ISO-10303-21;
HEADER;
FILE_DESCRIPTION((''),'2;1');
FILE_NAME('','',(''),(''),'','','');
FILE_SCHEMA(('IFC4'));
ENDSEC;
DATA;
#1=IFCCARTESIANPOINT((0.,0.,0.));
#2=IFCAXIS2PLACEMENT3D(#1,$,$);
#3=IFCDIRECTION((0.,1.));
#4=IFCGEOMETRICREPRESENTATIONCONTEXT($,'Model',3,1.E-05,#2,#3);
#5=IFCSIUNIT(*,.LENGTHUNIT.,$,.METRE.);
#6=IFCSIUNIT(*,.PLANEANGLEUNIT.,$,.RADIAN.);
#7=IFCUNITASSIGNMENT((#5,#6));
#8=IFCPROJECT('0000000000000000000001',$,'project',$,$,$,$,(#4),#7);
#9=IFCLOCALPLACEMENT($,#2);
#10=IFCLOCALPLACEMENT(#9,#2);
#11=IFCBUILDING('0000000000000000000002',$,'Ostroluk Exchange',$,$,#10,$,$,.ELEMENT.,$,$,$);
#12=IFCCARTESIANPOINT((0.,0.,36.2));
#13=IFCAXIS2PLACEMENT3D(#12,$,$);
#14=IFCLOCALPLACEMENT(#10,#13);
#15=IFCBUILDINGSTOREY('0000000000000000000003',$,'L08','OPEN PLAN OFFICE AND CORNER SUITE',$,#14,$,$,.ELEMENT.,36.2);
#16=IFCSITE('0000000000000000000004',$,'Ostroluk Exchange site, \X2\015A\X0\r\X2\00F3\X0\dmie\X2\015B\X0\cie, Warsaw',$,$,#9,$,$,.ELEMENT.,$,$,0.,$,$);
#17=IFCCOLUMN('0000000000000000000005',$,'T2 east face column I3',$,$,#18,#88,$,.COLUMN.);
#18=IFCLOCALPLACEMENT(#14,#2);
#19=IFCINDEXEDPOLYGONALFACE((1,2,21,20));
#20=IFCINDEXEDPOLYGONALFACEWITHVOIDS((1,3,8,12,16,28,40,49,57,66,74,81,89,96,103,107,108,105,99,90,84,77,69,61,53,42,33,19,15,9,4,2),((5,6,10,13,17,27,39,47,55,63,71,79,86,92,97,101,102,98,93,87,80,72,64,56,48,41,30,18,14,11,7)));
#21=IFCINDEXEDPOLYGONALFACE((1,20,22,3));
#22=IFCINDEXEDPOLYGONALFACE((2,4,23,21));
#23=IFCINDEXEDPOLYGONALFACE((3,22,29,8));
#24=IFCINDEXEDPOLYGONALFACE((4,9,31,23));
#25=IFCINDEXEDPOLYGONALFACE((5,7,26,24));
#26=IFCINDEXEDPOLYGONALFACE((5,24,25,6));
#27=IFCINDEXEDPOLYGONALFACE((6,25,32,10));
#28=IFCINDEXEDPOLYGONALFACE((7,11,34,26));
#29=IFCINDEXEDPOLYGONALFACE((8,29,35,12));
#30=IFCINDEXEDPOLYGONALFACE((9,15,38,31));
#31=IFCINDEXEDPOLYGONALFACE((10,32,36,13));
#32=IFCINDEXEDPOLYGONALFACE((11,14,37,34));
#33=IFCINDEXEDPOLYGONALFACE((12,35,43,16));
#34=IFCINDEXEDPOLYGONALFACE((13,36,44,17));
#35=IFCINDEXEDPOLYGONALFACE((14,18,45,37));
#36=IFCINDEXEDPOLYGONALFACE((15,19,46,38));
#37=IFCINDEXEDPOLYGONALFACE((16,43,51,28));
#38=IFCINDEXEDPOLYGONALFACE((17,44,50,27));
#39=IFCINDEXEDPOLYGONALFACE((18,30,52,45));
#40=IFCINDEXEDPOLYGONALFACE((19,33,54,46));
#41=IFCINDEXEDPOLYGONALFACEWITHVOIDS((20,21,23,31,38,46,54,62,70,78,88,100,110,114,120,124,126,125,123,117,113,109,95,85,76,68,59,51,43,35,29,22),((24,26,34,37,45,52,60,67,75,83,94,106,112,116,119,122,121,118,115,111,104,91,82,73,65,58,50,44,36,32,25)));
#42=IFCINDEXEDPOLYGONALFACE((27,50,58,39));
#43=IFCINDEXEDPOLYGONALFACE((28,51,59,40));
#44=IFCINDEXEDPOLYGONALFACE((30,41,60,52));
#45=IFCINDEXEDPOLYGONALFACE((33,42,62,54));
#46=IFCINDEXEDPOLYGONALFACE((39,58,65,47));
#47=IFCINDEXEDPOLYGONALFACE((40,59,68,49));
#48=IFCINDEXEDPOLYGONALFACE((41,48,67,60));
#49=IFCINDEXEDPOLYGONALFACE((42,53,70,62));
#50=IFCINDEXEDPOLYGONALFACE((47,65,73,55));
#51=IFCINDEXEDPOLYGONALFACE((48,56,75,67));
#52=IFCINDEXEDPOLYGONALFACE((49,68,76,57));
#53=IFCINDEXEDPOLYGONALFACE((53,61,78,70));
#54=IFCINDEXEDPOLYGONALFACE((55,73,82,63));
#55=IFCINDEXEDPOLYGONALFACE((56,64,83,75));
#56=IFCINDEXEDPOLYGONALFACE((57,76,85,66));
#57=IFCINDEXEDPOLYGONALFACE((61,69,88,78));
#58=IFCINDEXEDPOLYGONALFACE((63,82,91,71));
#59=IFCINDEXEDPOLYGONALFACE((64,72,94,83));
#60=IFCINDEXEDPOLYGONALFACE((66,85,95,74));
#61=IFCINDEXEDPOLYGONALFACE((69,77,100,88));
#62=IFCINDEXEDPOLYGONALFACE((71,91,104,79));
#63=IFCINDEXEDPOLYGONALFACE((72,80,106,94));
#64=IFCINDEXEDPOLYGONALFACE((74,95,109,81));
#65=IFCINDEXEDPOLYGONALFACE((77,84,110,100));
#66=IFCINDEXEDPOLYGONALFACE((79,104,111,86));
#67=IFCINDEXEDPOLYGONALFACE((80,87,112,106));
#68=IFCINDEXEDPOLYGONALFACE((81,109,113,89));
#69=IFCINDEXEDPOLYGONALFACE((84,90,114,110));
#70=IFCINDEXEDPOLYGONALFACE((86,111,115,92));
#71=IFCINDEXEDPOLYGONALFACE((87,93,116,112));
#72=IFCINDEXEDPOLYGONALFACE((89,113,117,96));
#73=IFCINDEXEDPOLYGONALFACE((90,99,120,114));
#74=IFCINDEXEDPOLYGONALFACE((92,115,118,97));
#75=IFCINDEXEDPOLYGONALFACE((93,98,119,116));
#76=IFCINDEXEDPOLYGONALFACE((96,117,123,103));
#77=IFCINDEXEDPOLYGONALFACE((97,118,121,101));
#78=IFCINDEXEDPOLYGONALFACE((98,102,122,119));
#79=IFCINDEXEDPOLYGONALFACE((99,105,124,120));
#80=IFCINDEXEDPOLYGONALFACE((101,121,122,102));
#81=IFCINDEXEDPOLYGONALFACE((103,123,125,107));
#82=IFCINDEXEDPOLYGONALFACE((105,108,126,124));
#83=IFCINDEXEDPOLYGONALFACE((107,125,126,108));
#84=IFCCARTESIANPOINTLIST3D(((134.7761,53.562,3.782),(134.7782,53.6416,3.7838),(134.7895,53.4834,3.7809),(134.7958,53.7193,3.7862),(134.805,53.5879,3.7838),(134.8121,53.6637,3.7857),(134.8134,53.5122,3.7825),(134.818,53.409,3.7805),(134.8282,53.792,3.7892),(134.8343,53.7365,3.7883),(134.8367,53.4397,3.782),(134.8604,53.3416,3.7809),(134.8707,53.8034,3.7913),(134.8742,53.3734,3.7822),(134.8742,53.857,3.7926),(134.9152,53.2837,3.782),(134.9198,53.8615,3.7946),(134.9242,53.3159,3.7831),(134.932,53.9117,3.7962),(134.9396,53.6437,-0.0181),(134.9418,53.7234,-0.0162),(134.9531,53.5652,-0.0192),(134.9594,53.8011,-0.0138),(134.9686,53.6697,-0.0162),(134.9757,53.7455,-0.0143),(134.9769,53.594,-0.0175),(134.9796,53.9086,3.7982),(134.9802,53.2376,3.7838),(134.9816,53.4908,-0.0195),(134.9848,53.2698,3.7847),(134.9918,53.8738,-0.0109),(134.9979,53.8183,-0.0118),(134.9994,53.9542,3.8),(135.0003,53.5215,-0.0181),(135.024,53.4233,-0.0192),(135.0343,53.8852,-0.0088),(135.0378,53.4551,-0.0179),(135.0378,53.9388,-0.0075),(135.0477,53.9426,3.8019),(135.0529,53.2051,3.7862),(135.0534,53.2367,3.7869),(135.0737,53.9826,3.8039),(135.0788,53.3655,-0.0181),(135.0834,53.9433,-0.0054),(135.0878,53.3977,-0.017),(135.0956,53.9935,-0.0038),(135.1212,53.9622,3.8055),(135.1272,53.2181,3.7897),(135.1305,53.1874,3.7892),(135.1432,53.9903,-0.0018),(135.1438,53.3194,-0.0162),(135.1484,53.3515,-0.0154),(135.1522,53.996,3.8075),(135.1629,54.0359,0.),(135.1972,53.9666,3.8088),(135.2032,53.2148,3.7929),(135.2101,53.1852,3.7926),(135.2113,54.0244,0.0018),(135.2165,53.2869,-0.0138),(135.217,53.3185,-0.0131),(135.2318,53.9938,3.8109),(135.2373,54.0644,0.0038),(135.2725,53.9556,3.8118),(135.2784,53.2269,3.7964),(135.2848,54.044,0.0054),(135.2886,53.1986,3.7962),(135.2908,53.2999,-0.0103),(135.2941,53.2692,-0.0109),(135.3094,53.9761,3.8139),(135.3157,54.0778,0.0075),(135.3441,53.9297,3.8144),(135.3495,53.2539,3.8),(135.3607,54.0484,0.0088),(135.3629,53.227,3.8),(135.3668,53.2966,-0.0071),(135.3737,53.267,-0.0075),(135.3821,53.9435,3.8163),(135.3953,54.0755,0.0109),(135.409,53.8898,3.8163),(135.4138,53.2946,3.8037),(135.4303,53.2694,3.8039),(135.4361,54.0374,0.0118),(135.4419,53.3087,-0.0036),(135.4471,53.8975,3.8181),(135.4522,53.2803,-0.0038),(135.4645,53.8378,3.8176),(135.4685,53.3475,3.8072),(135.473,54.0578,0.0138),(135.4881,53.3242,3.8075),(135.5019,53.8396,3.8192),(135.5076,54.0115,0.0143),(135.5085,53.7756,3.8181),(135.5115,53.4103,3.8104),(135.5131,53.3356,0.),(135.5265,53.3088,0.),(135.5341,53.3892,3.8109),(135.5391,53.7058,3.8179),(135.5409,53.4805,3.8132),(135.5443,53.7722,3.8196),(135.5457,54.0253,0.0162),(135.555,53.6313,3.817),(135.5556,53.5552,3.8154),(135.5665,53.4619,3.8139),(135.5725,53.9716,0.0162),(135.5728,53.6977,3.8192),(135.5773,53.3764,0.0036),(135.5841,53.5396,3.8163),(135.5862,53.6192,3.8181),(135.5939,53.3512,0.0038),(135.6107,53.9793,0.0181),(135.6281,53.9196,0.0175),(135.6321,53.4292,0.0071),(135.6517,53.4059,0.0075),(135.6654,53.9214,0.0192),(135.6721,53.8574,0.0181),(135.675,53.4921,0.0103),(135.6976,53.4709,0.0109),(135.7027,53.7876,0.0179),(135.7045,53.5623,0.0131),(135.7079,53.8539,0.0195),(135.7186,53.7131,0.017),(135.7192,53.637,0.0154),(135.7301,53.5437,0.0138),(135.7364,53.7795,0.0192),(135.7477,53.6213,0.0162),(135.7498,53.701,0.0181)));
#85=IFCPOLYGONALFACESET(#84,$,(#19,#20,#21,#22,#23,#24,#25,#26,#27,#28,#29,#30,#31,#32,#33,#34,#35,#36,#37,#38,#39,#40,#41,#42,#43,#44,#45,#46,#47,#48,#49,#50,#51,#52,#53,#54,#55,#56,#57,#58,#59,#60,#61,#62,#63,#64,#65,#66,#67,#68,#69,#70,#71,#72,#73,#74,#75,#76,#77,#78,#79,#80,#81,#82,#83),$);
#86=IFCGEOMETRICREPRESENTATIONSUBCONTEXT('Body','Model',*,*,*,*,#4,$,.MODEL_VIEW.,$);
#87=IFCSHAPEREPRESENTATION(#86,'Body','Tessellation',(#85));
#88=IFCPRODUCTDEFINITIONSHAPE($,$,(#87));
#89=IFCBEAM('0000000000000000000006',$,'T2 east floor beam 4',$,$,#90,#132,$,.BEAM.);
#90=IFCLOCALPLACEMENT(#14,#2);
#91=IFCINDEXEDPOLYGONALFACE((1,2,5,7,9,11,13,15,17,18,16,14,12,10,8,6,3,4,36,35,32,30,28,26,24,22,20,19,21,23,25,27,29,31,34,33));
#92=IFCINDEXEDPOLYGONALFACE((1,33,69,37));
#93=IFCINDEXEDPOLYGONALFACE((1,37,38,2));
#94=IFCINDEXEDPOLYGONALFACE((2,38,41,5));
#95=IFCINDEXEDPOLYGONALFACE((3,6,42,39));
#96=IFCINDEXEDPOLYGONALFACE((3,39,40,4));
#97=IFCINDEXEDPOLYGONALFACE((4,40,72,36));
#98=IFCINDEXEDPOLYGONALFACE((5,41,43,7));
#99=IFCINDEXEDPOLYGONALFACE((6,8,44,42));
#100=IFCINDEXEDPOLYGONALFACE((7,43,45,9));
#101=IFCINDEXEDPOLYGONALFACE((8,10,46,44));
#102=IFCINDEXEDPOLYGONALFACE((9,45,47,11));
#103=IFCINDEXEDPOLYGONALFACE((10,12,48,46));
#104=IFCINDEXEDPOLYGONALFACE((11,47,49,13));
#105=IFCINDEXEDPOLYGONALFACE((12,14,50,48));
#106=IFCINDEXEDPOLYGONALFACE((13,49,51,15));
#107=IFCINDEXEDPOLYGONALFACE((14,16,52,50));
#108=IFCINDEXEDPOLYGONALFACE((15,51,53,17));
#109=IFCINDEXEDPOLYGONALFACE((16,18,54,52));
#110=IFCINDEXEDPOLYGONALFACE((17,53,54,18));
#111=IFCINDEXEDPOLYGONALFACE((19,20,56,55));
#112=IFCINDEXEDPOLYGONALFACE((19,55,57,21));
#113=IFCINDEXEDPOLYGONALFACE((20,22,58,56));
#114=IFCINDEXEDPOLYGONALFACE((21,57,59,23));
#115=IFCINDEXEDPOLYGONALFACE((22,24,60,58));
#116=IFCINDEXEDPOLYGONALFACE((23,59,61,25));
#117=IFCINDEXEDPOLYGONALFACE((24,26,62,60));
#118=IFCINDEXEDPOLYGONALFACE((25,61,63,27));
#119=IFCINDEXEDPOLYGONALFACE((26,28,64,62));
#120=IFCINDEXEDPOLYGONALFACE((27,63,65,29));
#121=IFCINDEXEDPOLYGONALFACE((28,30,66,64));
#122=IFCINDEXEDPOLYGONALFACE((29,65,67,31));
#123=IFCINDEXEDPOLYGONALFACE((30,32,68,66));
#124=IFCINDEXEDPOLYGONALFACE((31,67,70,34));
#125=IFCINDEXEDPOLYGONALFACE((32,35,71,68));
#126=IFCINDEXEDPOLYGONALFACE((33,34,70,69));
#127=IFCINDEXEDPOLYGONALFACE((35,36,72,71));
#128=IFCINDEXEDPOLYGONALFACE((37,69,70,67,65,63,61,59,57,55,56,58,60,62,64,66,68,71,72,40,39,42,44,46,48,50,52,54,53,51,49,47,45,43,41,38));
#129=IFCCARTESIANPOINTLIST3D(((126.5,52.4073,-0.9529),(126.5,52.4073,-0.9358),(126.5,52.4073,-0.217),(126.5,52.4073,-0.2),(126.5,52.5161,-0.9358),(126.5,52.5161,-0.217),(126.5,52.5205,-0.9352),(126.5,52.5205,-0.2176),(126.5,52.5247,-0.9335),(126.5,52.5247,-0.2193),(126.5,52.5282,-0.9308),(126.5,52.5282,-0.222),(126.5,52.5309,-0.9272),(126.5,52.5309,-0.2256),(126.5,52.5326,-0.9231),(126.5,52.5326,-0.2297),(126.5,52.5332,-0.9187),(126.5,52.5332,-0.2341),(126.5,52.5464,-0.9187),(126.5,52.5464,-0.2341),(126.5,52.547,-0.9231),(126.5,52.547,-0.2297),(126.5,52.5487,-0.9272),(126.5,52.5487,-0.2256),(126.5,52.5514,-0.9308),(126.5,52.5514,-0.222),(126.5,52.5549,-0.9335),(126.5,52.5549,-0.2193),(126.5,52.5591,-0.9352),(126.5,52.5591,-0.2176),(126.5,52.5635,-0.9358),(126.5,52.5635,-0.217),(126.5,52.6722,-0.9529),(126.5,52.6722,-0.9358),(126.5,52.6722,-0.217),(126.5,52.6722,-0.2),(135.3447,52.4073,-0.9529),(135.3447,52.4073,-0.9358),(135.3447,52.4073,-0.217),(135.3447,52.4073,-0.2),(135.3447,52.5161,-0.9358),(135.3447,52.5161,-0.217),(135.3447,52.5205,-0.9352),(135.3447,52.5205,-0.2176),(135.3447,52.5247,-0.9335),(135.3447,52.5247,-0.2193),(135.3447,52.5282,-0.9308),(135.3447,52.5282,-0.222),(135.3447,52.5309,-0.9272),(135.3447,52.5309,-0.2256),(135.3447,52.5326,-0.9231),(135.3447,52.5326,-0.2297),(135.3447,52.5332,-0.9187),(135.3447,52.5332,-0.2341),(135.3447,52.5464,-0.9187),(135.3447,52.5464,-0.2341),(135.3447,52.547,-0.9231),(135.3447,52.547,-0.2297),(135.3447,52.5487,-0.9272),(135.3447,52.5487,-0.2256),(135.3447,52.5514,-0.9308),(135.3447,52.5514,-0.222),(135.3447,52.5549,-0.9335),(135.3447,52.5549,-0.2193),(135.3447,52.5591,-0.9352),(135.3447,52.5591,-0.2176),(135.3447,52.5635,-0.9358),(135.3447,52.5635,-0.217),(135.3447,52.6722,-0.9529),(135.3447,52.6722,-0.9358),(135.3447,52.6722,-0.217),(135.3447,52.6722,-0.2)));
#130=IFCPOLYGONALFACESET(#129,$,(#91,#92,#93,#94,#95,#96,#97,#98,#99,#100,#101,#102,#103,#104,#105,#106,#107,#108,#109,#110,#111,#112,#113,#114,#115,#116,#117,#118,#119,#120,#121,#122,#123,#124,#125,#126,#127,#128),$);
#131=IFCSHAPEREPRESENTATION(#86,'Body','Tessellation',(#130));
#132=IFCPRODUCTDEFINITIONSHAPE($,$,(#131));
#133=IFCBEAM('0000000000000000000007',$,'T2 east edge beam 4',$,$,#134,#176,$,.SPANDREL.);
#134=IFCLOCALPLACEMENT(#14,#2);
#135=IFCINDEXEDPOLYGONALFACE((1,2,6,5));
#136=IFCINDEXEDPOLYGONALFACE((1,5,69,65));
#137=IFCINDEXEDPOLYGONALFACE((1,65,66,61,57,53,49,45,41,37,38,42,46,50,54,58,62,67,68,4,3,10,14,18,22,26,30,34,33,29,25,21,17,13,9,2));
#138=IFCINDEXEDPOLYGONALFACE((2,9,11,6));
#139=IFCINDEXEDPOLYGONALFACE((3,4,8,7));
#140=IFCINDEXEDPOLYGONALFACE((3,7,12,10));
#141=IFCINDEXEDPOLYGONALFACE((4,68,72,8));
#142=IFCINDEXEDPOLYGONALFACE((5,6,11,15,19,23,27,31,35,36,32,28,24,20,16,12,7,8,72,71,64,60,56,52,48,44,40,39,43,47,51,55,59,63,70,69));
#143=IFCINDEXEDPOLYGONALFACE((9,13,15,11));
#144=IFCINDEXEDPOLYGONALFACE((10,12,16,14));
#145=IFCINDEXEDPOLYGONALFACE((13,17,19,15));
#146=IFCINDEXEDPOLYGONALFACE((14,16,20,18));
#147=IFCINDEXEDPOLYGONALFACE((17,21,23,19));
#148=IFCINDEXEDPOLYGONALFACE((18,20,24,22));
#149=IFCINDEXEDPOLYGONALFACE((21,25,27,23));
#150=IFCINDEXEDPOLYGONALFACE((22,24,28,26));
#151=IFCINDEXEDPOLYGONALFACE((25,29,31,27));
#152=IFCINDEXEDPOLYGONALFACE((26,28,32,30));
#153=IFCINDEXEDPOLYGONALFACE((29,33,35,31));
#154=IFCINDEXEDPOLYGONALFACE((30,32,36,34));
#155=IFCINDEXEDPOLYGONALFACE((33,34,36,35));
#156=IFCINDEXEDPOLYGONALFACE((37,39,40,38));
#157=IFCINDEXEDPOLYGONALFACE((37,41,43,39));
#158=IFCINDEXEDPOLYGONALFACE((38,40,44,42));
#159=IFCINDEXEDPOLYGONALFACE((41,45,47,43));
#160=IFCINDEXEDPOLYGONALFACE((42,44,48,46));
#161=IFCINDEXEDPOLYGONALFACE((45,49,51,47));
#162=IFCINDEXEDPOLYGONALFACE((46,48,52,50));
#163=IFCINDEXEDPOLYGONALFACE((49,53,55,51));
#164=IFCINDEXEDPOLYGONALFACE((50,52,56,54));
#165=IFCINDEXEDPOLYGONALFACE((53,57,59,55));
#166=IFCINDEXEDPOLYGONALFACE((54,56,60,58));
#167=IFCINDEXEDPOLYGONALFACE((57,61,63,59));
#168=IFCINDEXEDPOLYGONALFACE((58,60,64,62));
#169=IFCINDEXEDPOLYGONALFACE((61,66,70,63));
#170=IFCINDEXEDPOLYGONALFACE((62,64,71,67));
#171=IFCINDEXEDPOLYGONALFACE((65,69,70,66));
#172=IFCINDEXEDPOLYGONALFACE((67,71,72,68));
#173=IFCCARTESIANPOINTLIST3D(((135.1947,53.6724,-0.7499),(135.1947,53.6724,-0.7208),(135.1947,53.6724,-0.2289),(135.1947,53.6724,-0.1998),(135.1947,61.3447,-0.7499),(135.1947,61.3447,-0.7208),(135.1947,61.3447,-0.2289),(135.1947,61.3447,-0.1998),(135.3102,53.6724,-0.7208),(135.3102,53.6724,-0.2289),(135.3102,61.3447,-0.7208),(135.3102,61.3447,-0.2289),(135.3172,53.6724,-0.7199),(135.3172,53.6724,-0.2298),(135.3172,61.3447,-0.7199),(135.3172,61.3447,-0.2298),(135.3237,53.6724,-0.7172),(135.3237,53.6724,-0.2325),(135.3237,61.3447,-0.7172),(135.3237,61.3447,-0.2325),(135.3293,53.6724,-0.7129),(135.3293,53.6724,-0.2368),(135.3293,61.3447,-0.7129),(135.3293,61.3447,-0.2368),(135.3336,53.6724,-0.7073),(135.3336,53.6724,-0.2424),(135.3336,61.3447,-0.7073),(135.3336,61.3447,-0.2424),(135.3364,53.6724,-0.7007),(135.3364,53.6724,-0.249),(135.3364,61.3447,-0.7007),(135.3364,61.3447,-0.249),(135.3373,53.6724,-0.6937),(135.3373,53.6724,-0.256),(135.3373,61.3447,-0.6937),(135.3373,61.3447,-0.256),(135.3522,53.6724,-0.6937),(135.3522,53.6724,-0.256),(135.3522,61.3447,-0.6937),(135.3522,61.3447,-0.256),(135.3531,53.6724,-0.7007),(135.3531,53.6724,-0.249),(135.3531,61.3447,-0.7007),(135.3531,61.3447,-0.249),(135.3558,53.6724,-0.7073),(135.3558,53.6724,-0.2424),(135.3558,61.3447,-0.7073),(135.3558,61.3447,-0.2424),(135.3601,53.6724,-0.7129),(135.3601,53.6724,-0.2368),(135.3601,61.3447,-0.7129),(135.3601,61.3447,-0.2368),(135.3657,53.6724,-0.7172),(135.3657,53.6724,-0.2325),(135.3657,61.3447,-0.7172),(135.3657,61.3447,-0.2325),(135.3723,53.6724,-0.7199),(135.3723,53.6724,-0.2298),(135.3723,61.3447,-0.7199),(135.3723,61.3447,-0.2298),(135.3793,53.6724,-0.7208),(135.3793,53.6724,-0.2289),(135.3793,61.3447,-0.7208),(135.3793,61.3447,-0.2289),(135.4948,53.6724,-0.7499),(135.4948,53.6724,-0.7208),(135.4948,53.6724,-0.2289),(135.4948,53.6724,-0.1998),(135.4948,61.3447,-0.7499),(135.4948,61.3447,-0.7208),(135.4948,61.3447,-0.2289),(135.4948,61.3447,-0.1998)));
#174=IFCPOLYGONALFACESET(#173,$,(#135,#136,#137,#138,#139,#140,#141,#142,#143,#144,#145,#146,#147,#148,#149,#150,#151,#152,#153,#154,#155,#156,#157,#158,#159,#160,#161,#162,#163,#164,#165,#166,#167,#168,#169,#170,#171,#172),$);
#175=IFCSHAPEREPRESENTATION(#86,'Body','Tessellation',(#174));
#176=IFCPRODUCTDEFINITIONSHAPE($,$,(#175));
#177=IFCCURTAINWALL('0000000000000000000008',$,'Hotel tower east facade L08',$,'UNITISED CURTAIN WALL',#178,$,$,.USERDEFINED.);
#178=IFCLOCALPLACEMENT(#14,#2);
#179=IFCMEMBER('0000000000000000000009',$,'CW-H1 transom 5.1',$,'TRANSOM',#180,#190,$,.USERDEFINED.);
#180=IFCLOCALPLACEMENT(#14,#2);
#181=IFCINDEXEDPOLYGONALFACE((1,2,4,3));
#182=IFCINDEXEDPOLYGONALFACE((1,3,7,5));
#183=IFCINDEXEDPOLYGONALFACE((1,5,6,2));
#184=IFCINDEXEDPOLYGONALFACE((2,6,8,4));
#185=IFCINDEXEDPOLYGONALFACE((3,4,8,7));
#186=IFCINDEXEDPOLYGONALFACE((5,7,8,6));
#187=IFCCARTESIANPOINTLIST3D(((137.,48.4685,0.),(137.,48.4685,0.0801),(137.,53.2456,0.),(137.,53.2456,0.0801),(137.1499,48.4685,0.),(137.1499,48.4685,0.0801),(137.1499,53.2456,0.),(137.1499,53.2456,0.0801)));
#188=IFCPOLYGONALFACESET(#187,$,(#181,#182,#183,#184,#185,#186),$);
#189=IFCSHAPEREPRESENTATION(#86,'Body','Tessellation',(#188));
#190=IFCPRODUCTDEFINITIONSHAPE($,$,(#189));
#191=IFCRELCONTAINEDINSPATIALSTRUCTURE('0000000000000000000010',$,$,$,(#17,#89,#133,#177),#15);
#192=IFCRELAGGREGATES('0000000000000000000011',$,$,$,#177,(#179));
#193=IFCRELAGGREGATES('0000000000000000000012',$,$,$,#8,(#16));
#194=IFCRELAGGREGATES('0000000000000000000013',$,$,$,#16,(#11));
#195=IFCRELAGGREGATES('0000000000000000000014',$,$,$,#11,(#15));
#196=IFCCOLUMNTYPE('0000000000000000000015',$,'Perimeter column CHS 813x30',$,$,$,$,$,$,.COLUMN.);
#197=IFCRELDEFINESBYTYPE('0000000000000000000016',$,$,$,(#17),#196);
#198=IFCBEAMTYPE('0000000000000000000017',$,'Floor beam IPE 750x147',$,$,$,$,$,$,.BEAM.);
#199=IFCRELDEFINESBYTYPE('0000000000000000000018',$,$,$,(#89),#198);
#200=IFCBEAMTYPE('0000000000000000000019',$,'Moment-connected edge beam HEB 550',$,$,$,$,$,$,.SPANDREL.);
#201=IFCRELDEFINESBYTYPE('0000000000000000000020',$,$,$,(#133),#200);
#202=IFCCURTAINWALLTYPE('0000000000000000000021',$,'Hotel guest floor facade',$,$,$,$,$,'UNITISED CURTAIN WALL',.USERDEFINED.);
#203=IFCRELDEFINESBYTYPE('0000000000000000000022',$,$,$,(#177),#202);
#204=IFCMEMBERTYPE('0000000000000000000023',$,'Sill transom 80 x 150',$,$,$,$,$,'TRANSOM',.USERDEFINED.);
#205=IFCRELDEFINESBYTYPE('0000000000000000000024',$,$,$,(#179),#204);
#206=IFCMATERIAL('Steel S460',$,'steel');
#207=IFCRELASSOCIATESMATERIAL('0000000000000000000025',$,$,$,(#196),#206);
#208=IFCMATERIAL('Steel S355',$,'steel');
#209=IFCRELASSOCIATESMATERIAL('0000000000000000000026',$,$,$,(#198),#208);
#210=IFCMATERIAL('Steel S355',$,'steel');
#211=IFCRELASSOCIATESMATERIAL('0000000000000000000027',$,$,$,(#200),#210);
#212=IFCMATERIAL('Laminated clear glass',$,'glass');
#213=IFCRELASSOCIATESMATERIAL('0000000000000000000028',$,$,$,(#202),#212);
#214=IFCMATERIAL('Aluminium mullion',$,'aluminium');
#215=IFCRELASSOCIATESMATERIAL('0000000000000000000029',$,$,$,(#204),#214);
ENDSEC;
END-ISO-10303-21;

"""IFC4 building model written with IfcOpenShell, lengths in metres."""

from ifc_helpers import new_model, si_unit, direction, frame, origin, origin_2d, place, context, subcontext, project, spatial, rectangle, hollow_circle, i_section, extrude, material, material_profile, profile_set, type_object, element, aggregate, save


model = new_model("IFC4")

# Units and contexts
model_context = context("Model", 3, precision=1e-05, world=origin(), true_north=direction((0.0, 1.0)))
body_context = subcontext(model_context, "Body", "Model", "MODEL_VIEW")
ifc_project = project(units=[si_unit("LENGTHUNIT", "METRE"), si_unit("PLANEANGLEUNIT", "RADIAN")], contexts=[model_context])

# Site, building, storey
site_placement = place(None, origin())
site = spatial("IfcSite", under=ifc_project, at=site_placement, Name="Ostroluk Exchange site, Śródmieście, Warsaw", CompositionType="ELEMENT", RefElevation=0.0)
building_placement = place(site_placement, origin())
building = spatial("IfcBuilding", under=site, at=building_placement, Name="Ostroluk Exchange", CompositionType="ELEMENT")
storey_placement = place(building_placement, frame((0.0, 0.0, 36.2)))
storey = spatial("IfcBuildingStorey", under=building, at=storey_placement, Name="L08", Description="OPEN PLAN OFFICE AND CORNER SUITE", CompositionType="ELEMENT", Elevation=36.2)

# Column
ifc_material_1 = material(Name="Steel S460", Category="steel")
ifc_material_profile_1 = material_profile(ifc_material_1, hollow_circle(Radius=0.4065, WallThickness=0.03, at=origin_2d()), Name="CHS 813x30")
ifc_profile_set_1 = profile_set([ifc_material_profile_1], Name="Steel S460")
column_type = type_object("IfcColumnType", Name="Perimeter column CHS 813x30", PredefinedType="COLUMN", material=ifc_profile_set_1)
column_placement = place(storey_placement, frame((135.3447, 53.6724, 0.0), z_axis=(-0.042996, -0.021498, 0.998844), x_axis=(0.447214, -0.894427, 0.0)))
element("IfcColumn", 1, at=column_placement, inside=storey, type_object=column_type, Name="T2 east face column I3", PredefinedType="COLUMN", context=body_context, shape_type="SweptSolid", body=[
    extrude(hollow_circle(Radius=0.4065, WallThickness=0.03, at=origin_2d()), origin(), (0.0, 0.0, 1.0), 3.8044),
])

# Beams
ifc_material_2 = material(Name="Steel S355", Category="steel")
ifc_material_profile_2 = material_profile(ifc_material_2, i_section(OverallWidth=0.2649, OverallDepth=0.7529, WebThickness=0.0132, FlangeThickness=0.0171, FilletRadius=0.0171, at=origin_2d()), Name="IPE 750x147")
ifc_profile_set_2 = profile_set([ifc_material_profile_2], Name="Steel S355")
beam_type_1 = type_object("IfcBeamType", Name="Floor beam IPE 750x147", PredefinedType="BEAM", material=ifc_profile_set_2)
beam_1_placement = place(storey_placement, frame((126.5, 52.5398, -0.5764), z_axis=(1.0, 0.0, 0.0), x_axis=(0.0, 1.0, 0.0)))
element("IfcBeam", 2, at=beam_1_placement, inside=storey, type_object=beam_type_1, Name="T2 east floor beam 4", PredefinedType="BEAM", context=body_context, shape_type="SweptSolid", body=[
    extrude(i_section(OverallWidth=0.2649, OverallDepth=0.7529, WebThickness=0.0132, FlangeThickness=0.0171, FilletRadius=0.0171, at=origin_2d()), origin(), (0.0, 0.0, 1.0), 8.8447),
])
ifc_material_3 = material(Name="Steel S355", Category="steel")
ifc_material_profile_3 = material_profile(ifc_material_3, i_section(OverallWidth=0.3, OverallDepth=0.55, WebThickness=0.0149, FlangeThickness=0.0291, FilletRadius=0.0271, at=origin_2d()), Name="HEB 550")
ifc_profile_set_3 = profile_set([ifc_material_profile_3], Name="Steel S355")
beam_type_2 = type_object("IfcBeamType", Name="Moment-connected edge beam HEB 550", PredefinedType="SPANDREL", material=ifc_profile_set_3)
beam_2_placement = place(storey_placement, frame((135.3447, 53.6724, -0.4749), z_axis=(0.0, 1.0, 0.0), x_axis=(-1.0, 0.0, 0.0)))
element("IfcBeam", 3, at=beam_2_placement, inside=storey, type_object=beam_type_2, Name="T2 east edge beam 4", PredefinedType="SPANDREL", context=body_context, shape_type="SweptSolid", body=[
    extrude(i_section(OverallWidth=0.3, OverallDepth=0.55, WebThickness=0.0149, FlangeThickness=0.0291, FilletRadius=0.0271, at=origin_2d()), origin(), (0.0, 0.0, 1.0), 7.6724),
])

# Curtain wall, member
ifc_material_4 = material(Name="Laminated clear glass", Category="glass")
curtain_wall_type = type_object("IfcCurtainWallType", Name="Hotel guest floor facade", ElementType="UNITISED CURTAIN WALL", PredefinedType="USERDEFINED", material=ifc_material_4)
curtain_wall_placement = place(storey_placement, origin())
curtain_wall = element("IfcCurtainWall", 4, at=curtain_wall_placement, inside=storey, type_object=curtain_wall_type, Name="Hotel tower east facade L08", ObjectType="UNITISED CURTAIN WALL", PredefinedType="USERDEFINED")
ifc_material_5 = material(Name="Aluminium mullion", Category="aluminium")
ifc_material_profile_4 = material_profile(ifc_material_5, rectangle(XDim=0.1499, YDim=0.0801, at=origin_2d()), Name="Sill transom 80 x 150")
ifc_profile_set_4 = profile_set([ifc_material_profile_4], Name="Aluminium mullion")
member_type_1 = type_object("IfcMemberType", Name="Sill transom 80 x 150", ElementType="TRANSOM", PredefinedType="USERDEFINED", material=ifc_profile_set_4)
member_1_placement = place(storey_placement, frame((137.075, 48.4685, 0.04), z_axis=(0.0, 1.0, 0.0), x_axis=(-1.0, 0.0, 0.0)))
member_1 = element("IfcMember", 5, at=member_1_placement, type_object=member_type_1, Name="CW-H1 transom 5.1", ObjectType="TRANSOM", PredefinedType="USERDEFINED", context=body_context, shape_type="SweptSolid", body=[
    extrude(rectangle(XDim=0.1499, YDim=0.0801, at=origin_2d()), origin(), (0.0, 0.0, 1.0), 4.7771),
])
aggregate(curtain_wall, [member_1])

save(model, "model.ifc")
